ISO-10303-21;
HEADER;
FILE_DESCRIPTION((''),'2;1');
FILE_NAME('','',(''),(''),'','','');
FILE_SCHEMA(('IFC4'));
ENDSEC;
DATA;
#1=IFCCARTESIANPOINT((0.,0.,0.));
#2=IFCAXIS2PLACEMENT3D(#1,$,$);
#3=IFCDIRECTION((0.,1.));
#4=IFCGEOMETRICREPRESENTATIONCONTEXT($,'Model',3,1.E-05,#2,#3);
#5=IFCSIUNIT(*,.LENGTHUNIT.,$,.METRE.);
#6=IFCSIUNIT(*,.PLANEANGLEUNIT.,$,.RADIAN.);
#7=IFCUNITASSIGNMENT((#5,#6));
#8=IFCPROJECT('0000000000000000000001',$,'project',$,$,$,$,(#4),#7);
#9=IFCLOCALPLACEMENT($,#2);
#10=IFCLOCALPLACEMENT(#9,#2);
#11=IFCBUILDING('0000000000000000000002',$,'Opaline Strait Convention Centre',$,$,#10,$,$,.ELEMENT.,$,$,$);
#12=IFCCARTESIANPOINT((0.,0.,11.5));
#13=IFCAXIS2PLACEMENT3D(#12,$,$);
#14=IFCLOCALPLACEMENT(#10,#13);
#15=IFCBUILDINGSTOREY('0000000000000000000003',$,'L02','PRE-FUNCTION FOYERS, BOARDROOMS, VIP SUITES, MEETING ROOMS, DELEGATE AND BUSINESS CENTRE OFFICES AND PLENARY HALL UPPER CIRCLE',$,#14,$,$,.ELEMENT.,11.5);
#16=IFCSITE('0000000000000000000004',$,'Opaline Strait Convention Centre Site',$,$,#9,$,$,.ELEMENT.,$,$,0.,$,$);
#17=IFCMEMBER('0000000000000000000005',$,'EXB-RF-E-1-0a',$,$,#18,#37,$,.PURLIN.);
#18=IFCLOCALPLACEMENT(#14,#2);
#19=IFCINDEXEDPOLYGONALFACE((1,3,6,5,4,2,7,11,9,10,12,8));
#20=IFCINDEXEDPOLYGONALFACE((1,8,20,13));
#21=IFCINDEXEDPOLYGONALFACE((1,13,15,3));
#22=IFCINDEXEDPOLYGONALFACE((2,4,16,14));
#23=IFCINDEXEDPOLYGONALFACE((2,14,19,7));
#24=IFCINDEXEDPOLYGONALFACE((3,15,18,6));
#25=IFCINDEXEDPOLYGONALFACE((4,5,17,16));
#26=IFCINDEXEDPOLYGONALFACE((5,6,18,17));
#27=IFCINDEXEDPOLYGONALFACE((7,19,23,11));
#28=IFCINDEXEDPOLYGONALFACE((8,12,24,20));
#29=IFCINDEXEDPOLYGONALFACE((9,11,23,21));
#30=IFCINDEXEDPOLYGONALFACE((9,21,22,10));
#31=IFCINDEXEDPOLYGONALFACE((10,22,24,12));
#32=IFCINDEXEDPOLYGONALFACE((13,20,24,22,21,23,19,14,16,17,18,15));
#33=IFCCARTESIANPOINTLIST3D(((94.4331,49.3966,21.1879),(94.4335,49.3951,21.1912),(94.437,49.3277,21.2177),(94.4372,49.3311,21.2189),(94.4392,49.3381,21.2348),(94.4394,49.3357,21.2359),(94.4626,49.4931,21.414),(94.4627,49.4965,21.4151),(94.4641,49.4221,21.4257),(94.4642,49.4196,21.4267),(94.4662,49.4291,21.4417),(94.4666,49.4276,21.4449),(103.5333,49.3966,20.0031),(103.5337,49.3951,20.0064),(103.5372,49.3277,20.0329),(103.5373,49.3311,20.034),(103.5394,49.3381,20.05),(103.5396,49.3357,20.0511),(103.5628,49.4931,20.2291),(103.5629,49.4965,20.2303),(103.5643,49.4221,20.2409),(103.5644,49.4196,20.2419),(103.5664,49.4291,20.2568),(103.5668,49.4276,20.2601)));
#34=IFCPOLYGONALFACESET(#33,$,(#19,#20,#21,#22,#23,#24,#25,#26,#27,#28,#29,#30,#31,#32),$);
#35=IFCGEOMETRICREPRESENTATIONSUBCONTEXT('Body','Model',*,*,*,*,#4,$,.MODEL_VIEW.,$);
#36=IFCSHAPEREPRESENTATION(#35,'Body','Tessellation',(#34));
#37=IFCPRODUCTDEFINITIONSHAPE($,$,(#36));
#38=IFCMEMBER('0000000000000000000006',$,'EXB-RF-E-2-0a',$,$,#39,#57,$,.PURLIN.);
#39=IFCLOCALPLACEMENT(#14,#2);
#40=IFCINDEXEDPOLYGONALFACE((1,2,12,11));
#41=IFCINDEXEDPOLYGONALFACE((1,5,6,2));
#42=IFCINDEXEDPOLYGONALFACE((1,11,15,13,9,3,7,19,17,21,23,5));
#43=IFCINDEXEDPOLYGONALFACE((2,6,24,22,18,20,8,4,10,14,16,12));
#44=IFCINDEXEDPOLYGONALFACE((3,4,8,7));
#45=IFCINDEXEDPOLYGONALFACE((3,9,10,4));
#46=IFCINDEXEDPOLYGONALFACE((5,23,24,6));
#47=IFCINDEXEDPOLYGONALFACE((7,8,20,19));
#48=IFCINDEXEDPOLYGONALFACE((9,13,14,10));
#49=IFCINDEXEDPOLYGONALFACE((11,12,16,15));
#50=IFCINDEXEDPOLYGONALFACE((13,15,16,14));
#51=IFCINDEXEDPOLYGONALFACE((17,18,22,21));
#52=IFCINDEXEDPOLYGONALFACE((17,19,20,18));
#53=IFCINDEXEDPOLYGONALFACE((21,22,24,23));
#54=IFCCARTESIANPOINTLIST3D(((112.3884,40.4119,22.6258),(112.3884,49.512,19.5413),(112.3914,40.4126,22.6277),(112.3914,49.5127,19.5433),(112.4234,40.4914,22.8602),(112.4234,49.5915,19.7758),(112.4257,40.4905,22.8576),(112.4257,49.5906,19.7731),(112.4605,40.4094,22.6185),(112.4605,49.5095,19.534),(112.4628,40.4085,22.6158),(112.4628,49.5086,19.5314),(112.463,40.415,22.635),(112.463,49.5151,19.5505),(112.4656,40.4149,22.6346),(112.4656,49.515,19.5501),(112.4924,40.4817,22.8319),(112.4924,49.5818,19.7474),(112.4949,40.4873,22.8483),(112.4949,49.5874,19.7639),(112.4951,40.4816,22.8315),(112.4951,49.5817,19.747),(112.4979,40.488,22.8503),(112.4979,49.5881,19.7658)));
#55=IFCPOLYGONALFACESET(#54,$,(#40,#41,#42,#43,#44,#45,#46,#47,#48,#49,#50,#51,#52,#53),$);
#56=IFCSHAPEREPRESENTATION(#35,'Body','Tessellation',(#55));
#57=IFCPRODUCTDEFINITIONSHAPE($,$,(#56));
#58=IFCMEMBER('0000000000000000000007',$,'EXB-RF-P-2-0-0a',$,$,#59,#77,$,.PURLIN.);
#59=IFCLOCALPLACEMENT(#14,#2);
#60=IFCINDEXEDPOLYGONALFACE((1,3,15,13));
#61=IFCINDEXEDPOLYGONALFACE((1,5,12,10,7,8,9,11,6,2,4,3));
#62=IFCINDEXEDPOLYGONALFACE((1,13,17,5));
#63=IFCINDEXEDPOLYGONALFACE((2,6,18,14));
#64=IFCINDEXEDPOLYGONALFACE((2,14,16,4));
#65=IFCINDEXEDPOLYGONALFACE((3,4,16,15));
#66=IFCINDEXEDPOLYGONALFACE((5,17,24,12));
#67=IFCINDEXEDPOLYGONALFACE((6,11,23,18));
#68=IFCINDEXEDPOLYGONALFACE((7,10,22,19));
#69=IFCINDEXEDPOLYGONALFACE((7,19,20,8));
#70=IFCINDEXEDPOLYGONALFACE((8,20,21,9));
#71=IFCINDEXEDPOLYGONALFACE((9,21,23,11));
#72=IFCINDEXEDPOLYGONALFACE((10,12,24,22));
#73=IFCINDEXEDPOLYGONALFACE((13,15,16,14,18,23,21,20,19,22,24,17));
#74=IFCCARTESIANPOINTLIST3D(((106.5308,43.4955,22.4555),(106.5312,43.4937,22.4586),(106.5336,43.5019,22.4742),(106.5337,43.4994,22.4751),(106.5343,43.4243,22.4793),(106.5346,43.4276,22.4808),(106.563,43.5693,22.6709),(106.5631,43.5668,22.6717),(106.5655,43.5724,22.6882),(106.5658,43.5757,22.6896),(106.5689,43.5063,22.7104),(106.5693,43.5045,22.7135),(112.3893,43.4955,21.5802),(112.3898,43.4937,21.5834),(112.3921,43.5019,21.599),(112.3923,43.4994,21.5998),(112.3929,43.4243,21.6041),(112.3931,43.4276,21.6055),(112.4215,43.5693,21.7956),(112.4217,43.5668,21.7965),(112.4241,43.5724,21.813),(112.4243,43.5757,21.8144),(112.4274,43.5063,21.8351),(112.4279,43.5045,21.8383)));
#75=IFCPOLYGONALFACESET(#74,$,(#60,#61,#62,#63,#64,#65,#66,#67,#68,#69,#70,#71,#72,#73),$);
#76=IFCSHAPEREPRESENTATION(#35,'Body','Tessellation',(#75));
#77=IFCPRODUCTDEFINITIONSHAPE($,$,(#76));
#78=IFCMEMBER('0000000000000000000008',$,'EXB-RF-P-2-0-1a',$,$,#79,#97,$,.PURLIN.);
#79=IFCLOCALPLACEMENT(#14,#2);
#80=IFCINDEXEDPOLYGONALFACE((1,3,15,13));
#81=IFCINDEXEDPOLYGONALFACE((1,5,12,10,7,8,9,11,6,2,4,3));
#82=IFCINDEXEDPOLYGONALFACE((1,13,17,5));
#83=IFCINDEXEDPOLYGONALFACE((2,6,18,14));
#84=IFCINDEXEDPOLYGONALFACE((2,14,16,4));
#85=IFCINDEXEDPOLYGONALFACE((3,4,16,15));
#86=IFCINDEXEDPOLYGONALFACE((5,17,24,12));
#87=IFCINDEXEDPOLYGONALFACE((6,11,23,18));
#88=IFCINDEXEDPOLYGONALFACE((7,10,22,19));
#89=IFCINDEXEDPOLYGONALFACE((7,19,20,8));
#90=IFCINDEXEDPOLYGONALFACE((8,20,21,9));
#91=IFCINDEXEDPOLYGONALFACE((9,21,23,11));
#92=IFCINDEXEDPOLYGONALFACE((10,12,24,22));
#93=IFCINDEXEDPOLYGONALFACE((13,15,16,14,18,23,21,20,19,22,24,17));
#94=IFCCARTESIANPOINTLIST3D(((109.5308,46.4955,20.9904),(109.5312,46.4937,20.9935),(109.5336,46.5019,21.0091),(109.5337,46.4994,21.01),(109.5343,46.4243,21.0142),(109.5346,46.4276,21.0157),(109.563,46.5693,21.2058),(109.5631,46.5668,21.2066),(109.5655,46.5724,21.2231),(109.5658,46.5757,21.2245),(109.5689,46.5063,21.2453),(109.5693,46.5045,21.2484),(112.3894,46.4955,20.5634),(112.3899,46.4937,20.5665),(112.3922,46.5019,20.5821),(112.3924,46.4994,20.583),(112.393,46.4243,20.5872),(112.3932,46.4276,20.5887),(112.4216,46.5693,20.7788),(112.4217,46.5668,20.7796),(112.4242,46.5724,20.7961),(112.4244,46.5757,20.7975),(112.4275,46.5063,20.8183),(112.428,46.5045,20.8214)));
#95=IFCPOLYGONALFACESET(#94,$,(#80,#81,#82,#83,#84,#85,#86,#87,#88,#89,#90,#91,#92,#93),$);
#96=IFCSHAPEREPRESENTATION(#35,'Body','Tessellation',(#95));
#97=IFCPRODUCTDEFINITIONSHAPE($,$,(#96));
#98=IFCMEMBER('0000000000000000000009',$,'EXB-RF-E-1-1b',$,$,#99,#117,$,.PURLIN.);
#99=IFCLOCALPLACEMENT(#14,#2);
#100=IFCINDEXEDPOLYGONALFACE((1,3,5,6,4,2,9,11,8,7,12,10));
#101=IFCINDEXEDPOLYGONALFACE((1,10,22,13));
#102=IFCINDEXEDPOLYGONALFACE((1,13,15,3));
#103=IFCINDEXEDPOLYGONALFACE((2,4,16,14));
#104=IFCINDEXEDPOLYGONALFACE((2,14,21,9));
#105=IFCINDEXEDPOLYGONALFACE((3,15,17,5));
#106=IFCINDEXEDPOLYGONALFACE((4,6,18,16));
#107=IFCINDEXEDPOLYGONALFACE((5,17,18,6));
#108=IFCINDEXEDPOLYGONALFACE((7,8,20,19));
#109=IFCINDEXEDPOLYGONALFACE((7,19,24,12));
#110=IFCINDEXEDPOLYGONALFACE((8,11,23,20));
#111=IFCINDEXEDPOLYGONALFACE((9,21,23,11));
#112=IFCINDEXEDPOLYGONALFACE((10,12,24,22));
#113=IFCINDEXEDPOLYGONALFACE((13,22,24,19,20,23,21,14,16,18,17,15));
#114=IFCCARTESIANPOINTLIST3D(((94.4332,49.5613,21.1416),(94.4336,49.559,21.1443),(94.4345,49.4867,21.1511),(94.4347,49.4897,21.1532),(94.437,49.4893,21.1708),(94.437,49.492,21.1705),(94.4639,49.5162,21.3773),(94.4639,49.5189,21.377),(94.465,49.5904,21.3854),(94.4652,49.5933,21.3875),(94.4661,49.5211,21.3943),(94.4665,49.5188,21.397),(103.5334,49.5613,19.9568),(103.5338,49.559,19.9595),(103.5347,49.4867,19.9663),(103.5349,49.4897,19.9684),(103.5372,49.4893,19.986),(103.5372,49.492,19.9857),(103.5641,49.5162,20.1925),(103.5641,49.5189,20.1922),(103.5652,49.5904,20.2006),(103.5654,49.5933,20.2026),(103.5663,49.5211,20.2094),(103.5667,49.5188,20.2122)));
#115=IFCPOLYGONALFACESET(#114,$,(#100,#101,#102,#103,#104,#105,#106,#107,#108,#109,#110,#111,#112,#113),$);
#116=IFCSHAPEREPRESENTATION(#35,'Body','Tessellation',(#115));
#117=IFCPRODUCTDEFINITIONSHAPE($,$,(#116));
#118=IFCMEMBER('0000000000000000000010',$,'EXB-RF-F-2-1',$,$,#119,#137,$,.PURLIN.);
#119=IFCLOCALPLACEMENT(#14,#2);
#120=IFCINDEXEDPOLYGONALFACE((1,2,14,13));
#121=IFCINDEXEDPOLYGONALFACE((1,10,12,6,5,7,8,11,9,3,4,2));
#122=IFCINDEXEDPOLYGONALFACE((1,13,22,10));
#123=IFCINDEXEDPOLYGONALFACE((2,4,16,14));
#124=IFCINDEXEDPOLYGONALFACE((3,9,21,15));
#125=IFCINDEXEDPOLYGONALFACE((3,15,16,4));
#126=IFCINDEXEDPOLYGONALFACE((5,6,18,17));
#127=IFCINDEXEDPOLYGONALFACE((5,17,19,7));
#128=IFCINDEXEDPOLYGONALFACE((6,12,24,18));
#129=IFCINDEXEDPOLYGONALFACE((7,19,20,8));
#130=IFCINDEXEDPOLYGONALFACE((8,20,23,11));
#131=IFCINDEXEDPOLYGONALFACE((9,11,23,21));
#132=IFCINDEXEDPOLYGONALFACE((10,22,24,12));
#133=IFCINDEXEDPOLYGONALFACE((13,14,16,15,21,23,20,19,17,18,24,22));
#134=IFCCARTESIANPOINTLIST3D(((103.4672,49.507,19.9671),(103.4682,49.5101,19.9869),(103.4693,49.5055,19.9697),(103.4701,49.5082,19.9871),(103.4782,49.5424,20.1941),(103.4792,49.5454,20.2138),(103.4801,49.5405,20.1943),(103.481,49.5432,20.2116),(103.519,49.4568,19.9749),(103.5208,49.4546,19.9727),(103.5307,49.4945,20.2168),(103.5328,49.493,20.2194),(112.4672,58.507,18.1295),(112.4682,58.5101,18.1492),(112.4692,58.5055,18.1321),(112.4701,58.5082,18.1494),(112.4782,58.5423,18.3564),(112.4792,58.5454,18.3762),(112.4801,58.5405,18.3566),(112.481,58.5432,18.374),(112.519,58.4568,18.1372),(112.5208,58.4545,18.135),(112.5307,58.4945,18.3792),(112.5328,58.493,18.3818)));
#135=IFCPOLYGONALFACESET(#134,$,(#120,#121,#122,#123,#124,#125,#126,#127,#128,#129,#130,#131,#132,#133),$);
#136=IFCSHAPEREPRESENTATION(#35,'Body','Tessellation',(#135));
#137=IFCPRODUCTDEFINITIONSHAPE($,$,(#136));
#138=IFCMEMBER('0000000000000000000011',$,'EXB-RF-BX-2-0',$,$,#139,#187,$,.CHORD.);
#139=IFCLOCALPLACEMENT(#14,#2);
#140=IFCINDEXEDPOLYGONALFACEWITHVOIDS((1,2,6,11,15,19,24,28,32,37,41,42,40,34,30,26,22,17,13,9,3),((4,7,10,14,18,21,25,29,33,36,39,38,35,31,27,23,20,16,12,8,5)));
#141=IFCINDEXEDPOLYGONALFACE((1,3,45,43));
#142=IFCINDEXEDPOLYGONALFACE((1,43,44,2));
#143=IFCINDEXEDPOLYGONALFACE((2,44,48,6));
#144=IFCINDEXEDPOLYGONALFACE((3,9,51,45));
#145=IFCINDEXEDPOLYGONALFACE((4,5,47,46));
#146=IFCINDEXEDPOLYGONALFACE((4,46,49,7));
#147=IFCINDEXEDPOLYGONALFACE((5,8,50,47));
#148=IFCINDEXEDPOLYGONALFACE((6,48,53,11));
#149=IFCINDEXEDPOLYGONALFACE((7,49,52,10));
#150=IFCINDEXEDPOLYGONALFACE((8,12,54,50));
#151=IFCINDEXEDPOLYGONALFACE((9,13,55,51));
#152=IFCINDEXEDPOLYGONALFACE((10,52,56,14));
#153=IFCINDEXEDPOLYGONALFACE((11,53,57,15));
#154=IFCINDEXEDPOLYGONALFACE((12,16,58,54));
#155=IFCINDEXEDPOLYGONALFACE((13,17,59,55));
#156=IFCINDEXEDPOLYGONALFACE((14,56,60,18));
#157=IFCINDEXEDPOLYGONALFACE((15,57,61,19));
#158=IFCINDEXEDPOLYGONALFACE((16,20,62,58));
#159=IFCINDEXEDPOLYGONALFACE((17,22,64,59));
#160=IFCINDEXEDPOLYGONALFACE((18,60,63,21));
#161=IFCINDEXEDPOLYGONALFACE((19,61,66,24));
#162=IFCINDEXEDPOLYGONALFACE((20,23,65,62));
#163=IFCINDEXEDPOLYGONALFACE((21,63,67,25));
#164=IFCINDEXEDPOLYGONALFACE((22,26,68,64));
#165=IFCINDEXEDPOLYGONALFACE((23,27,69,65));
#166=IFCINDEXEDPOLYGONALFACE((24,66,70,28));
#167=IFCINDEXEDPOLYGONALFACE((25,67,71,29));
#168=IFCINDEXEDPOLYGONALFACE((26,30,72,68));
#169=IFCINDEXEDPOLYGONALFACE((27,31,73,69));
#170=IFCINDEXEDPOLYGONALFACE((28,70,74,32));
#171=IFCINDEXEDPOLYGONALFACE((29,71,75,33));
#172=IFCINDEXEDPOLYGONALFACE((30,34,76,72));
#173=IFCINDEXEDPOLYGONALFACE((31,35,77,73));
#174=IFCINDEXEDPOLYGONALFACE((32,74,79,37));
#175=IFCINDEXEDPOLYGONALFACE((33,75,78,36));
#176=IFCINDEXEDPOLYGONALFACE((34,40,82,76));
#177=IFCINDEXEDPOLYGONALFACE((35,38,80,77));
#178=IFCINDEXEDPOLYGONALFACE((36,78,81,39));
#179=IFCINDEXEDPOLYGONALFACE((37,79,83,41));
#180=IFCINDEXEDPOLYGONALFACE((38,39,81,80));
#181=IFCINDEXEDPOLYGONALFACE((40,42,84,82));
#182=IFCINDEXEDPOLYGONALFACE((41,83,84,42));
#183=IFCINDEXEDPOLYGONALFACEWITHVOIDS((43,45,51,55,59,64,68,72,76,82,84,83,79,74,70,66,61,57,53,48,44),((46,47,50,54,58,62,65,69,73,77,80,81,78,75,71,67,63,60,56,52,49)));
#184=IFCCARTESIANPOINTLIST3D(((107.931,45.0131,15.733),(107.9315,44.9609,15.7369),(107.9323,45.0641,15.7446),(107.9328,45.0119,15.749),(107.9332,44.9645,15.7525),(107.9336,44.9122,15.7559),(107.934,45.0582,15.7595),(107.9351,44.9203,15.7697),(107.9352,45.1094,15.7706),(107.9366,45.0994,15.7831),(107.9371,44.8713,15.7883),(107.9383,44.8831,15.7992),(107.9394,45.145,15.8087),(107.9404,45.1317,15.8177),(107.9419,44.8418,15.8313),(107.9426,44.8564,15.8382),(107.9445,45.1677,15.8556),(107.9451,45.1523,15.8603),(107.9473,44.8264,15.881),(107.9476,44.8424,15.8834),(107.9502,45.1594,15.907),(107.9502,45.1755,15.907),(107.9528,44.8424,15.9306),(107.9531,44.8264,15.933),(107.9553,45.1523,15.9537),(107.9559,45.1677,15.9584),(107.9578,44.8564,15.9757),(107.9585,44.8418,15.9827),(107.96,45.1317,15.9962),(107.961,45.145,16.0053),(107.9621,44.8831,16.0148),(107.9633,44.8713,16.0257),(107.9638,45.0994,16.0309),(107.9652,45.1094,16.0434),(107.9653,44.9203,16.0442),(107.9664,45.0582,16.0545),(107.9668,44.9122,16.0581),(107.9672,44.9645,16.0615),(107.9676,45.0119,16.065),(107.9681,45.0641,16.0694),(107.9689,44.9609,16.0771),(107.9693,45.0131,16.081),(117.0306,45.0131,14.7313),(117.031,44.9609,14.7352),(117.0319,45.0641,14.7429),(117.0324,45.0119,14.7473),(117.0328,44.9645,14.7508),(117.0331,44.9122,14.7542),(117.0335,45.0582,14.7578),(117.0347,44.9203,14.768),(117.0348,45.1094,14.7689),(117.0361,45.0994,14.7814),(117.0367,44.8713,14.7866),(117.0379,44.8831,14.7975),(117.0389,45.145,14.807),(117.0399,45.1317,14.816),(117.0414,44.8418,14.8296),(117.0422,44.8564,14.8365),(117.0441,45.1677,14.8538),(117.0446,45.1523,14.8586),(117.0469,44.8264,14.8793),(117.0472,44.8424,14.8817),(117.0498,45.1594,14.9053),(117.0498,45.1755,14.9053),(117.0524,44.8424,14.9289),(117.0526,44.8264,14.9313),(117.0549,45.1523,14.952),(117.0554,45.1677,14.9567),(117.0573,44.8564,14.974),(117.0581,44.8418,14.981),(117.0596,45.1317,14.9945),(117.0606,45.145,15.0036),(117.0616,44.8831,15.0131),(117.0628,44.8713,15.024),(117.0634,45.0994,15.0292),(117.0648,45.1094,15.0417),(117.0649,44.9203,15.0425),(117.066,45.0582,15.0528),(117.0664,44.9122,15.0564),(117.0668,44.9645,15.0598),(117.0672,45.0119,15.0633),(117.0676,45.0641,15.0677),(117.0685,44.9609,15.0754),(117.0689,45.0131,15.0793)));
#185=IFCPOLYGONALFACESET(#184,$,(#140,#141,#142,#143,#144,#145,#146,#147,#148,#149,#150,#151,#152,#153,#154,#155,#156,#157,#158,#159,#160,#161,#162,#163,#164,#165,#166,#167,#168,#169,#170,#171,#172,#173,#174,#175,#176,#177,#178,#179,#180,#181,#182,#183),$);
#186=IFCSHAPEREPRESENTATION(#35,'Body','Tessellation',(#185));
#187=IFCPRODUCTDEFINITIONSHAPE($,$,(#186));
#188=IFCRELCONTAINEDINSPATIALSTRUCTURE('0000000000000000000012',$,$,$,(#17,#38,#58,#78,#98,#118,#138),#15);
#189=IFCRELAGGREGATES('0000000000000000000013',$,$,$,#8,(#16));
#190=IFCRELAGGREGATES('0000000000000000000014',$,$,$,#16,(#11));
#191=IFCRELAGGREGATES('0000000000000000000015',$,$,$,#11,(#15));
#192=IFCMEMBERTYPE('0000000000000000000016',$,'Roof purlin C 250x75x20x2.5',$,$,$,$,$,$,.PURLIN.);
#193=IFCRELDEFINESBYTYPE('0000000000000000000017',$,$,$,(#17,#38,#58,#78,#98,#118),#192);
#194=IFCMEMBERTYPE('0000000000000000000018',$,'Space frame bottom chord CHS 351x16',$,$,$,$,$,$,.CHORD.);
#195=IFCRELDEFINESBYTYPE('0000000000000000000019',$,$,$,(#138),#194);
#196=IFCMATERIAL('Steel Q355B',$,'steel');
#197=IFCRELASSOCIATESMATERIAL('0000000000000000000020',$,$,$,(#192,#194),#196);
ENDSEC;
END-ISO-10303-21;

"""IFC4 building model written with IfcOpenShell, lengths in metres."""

from ifc_helpers import new_model, si_unit, direction, frame, origin, origin_2d, place, context, subcontext, project, spatial, polyline, hollow_circle, outline, extrude, material, material_profile, profile_set, type_object, element, save


model = new_model("IFC4")

# Units and contexts
model_context = context("Model", 3, precision=1e-05, world=origin(), true_north=direction((0.0, 1.0)))
body_context = subcontext(model_context, "Body", "Model", "MODEL_VIEW")
ifc_project = project(units=[si_unit("LENGTHUNIT", "METRE"), si_unit("PLANEANGLEUNIT", "RADIAN")], contexts=[model_context])

# Site, building, storey
site_placement = place(None, origin())
site = spatial("IfcSite", under=ifc_project, at=site_placement, Name="Opaline Strait Convention Centre Site", CompositionType="ELEMENT", RefElevation=0.0)
building_placement = place(site_placement, origin())
building = spatial("IfcBuilding", under=site, at=building_placement, Name="Opaline Strait Convention Centre", CompositionType="ELEMENT")
storey_placement = place(building_placement, frame((0.0, 0.0, 11.5)))
storey = spatial("IfcBuildingStorey", under=building, at=storey_placement, Name="L02", Description="PRE-FUNCTION FOYERS, BOARDROOMS, VIP SUITES, MEETING ROOMS, DELEGATE AND BUSINESS CENTRE OFFICES AND PLENARY HALL UPPER CIRCLE", CompositionType="ELEMENT", Elevation=11.5)

# Members
ifc_material_1 = material(Name="Steel Q355B", Category="steel")
ifc_material_profile_1 = material_profile(ifc_material_1, outline(polyline([(-0.0376, -0.125), (0.0376, -0.125), (0.0376, -0.105), (0.0349, -0.105), (0.0349, -0.1226), (-0.0349, -0.1226), (-0.0349, 0.1226), (0.0349, 0.1226), (0.0349, 0.105), (0.0376, 0.105), (0.0376, 0.125), (-0.0376, 0.125), (-0.0376, -0.125)])), Name="C 250x75x20x2.5")
ifc_profile_set_1 = profile_set([ifc_material_profile_1], Name="Steel Q355B")
member_type_1 = type_object("IfcMemberType", Name="Roof purlin C 250x75x20x2.5", PredefinedType="PURLIN", material=ifc_profile_set_1)
member_1_placement = place(storey_placement, frame((103.55, 49.4121, 20.1316), z_axis=(-0.99163, 0.0, 0.129108), x_axis=(0.051619, -0.916598, 0.396464)))
element("IfcMember", 1, at=member_1_placement, inside=storey, type_object=member_type_1, Name="EXB-RF-E-1-0a", PredefinedType="PURLIN", context=body_context, shape_type="SweptSolid", body=[
    extrude(outline(polyline([(-0.0376, -0.125), (0.0376, -0.125), (0.0376, -0.105), (0.0349, -0.105), (0.0349, -0.1226), (-0.0349, -0.1226), (-0.0349, 0.1226), (0.0349, 0.1226), (0.0349, 0.105), (0.0376, 0.105), (0.0376, 0.125), (-0.0376, 0.125), (-0.0376, -0.125)])), origin(), (0.0, 0.0, 1.0), 9.177),
])
member_2_placement = place(storey_placement, frame((112.4431, 49.55, 19.6536), z_axis=(0.0, -0.947076, 0.321011), x_axis=(0.990137, -0.044975, -0.132688)))
element("IfcMember", 2, at=member_2_placement, inside=storey, type_object=member_type_1, Name="EXB-RF-E-2-0a", PredefinedType="PURLIN", context=body_context, shape_type="SweptSolid", body=[
    extrude(outline(polyline([(-0.0376, -0.125), (0.0376, -0.125), (0.0376, -0.105), (0.0349, -0.105), (0.0349, -0.1226), (-0.0349, -0.1226), (-0.0349, 0.1226), (0.0349, 0.1226), (0.0349, 0.105), (0.0376, 0.105), (0.0376, 0.125), (-0.0376, 0.125), (-0.0376, -0.125)])), origin(), (0.0, 0.0, 1.0), 9.6086),
])
member_3_placement = place(storey_placement, frame((106.55, 43.5, 22.5845), z_axis=(0.989024, 0.0, -0.147754), x_axis=(-0.047431, 0.947074, -0.317491)))
element("IfcMember", 3, at=member_3_placement, inside=storey, type_object=member_type_1, Name="EXB-RF-P-2-0-0a", PredefinedType="PURLIN", context=body_context, shape_type="SweptSolid", body=[
    extrude(outline(polyline([(-0.0376, -0.125), (0.0376, -0.125), (0.0376, -0.105), (0.0349, -0.105), (0.0349, -0.1226), (-0.0349, -0.1226), (-0.0349, 0.1226), (0.0349, 0.1226), (0.0349, 0.105), (0.0376, 0.105), (0.0376, 0.125), (-0.0376, 0.125), (-0.0376, -0.125)])), origin(), (0.0, 0.0, 1.0), 5.9236),
])
member_4_placement = place(storey_placement, frame((109.55, 46.5, 21.1194), z_axis=(0.989027, 0.0, -0.147733), x_axis=(-0.047425, 0.947074, -0.317492)))
element("IfcMember", 4, at=member_4_placement, inside=storey, type_object=member_type_1, Name="EXB-RF-P-2-0-1a", PredefinedType="PURLIN", context=body_context, shape_type="SweptSolid", body=[
    extrude(outline(polyline([(-0.0376, -0.125), (0.0376, -0.125), (0.0376, -0.105), (0.0349, -0.105), (0.0349, -0.1226), (-0.0349, -0.1226), (-0.0349, 0.1226), (0.0349, 0.1226), (0.0349, 0.105), (0.0376, 0.105), (0.0376, 0.125), (-0.0376, 0.125), (-0.0376, -0.125)])), origin(), (0.0, 0.0, 1.0), 2.8904),
])
member_5_placement = place(storey_placement, frame((103.55, 49.54, 20.0845), z_axis=(-0.99163, 0.0, 0.129108), x_axis=(0.01653, -0.99177, 0.126961)))
element("IfcMember", 5, at=member_5_placement, inside=storey, type_object=member_type_1, Name="EXB-RF-E-1-1b", PredefinedType="PURLIN", context=body_context, shape_type="SweptSolid", body=[
    extrude(outline(polyline([(-0.0376, -0.125), (0.0376, -0.125), (0.0376, -0.105), (0.0349, -0.105), (0.0349, -0.1226), (-0.0349, -0.1226), (-0.0349, 0.1226), (0.0349, 0.1226), (0.0349, 0.105), (0.0376, 0.105), (0.0376, 0.125), (-0.0376, 0.125), (-0.0376, -0.125)])), origin(), (0.0, 0.0, 1.0), 9.177),
])
member_6_placement = place(storey_placement, frame((103.5, 49.5, 20.0933), z_axis=(0.69985, 0.69985, -0.142897), x_axis=(-0.712685, 0.697563, -0.074065)))
element("IfcMember", 6, at=member_6_placement, inside=storey, type_object=member_type_1, Name="EXB-RF-F-2-1", PredefinedType="PURLIN", context=body_context, shape_type="SweptSolid", body=[
    extrude(outline(polyline([(-0.0376, -0.125), (0.0376, -0.125), (0.0376, -0.105), (0.0349, -0.105), (0.0349, -0.1226), (-0.0349, -0.1226), (-0.0349, 0.1226), (0.0349, 0.1226), (0.0349, 0.105), (0.0376, 0.105), (0.0376, 0.125), (-0.0376, 0.125), (-0.0376, -0.125)])), origin(), (0.0, 0.0, 1.0), 12.8599),
])
ifc_material_profile_2 = material_profile(ifc_material_1, hollow_circle(Radius=0.1755, WallThickness=0.0161, at=origin_2d()), Name="CHS 351x16")
ifc_profile_set_2 = profile_set([ifc_material_profile_2], Name="Steel Q355B")
member_type_2 = type_object("IfcMemberType", Name="Space frame bottom chord CHS 351x16", PredefinedType="CHORD", material=ifc_profile_set_2)
member_7_placement = place(storey_placement, frame((107.9502, 45.0, 15.907), z_axis=(0.993995, 0.0, -0.109422), x_axis=(0.0, 1.0, 0.0)))
element("IfcMember", 7, at=member_7_placement, inside=storey, type_object=member_type_2, Name="EXB-RF-BX-2-0", PredefinedType="CHORD", context=body_context, shape_type="SweptSolid", body=[
    extrude(hollow_circle(Radius=0.1755, WallThickness=0.0161, at=origin_2d()), origin(), (0.0, 0.0, 1.0), 9.1545),
])

save(model, "model.ifc")
